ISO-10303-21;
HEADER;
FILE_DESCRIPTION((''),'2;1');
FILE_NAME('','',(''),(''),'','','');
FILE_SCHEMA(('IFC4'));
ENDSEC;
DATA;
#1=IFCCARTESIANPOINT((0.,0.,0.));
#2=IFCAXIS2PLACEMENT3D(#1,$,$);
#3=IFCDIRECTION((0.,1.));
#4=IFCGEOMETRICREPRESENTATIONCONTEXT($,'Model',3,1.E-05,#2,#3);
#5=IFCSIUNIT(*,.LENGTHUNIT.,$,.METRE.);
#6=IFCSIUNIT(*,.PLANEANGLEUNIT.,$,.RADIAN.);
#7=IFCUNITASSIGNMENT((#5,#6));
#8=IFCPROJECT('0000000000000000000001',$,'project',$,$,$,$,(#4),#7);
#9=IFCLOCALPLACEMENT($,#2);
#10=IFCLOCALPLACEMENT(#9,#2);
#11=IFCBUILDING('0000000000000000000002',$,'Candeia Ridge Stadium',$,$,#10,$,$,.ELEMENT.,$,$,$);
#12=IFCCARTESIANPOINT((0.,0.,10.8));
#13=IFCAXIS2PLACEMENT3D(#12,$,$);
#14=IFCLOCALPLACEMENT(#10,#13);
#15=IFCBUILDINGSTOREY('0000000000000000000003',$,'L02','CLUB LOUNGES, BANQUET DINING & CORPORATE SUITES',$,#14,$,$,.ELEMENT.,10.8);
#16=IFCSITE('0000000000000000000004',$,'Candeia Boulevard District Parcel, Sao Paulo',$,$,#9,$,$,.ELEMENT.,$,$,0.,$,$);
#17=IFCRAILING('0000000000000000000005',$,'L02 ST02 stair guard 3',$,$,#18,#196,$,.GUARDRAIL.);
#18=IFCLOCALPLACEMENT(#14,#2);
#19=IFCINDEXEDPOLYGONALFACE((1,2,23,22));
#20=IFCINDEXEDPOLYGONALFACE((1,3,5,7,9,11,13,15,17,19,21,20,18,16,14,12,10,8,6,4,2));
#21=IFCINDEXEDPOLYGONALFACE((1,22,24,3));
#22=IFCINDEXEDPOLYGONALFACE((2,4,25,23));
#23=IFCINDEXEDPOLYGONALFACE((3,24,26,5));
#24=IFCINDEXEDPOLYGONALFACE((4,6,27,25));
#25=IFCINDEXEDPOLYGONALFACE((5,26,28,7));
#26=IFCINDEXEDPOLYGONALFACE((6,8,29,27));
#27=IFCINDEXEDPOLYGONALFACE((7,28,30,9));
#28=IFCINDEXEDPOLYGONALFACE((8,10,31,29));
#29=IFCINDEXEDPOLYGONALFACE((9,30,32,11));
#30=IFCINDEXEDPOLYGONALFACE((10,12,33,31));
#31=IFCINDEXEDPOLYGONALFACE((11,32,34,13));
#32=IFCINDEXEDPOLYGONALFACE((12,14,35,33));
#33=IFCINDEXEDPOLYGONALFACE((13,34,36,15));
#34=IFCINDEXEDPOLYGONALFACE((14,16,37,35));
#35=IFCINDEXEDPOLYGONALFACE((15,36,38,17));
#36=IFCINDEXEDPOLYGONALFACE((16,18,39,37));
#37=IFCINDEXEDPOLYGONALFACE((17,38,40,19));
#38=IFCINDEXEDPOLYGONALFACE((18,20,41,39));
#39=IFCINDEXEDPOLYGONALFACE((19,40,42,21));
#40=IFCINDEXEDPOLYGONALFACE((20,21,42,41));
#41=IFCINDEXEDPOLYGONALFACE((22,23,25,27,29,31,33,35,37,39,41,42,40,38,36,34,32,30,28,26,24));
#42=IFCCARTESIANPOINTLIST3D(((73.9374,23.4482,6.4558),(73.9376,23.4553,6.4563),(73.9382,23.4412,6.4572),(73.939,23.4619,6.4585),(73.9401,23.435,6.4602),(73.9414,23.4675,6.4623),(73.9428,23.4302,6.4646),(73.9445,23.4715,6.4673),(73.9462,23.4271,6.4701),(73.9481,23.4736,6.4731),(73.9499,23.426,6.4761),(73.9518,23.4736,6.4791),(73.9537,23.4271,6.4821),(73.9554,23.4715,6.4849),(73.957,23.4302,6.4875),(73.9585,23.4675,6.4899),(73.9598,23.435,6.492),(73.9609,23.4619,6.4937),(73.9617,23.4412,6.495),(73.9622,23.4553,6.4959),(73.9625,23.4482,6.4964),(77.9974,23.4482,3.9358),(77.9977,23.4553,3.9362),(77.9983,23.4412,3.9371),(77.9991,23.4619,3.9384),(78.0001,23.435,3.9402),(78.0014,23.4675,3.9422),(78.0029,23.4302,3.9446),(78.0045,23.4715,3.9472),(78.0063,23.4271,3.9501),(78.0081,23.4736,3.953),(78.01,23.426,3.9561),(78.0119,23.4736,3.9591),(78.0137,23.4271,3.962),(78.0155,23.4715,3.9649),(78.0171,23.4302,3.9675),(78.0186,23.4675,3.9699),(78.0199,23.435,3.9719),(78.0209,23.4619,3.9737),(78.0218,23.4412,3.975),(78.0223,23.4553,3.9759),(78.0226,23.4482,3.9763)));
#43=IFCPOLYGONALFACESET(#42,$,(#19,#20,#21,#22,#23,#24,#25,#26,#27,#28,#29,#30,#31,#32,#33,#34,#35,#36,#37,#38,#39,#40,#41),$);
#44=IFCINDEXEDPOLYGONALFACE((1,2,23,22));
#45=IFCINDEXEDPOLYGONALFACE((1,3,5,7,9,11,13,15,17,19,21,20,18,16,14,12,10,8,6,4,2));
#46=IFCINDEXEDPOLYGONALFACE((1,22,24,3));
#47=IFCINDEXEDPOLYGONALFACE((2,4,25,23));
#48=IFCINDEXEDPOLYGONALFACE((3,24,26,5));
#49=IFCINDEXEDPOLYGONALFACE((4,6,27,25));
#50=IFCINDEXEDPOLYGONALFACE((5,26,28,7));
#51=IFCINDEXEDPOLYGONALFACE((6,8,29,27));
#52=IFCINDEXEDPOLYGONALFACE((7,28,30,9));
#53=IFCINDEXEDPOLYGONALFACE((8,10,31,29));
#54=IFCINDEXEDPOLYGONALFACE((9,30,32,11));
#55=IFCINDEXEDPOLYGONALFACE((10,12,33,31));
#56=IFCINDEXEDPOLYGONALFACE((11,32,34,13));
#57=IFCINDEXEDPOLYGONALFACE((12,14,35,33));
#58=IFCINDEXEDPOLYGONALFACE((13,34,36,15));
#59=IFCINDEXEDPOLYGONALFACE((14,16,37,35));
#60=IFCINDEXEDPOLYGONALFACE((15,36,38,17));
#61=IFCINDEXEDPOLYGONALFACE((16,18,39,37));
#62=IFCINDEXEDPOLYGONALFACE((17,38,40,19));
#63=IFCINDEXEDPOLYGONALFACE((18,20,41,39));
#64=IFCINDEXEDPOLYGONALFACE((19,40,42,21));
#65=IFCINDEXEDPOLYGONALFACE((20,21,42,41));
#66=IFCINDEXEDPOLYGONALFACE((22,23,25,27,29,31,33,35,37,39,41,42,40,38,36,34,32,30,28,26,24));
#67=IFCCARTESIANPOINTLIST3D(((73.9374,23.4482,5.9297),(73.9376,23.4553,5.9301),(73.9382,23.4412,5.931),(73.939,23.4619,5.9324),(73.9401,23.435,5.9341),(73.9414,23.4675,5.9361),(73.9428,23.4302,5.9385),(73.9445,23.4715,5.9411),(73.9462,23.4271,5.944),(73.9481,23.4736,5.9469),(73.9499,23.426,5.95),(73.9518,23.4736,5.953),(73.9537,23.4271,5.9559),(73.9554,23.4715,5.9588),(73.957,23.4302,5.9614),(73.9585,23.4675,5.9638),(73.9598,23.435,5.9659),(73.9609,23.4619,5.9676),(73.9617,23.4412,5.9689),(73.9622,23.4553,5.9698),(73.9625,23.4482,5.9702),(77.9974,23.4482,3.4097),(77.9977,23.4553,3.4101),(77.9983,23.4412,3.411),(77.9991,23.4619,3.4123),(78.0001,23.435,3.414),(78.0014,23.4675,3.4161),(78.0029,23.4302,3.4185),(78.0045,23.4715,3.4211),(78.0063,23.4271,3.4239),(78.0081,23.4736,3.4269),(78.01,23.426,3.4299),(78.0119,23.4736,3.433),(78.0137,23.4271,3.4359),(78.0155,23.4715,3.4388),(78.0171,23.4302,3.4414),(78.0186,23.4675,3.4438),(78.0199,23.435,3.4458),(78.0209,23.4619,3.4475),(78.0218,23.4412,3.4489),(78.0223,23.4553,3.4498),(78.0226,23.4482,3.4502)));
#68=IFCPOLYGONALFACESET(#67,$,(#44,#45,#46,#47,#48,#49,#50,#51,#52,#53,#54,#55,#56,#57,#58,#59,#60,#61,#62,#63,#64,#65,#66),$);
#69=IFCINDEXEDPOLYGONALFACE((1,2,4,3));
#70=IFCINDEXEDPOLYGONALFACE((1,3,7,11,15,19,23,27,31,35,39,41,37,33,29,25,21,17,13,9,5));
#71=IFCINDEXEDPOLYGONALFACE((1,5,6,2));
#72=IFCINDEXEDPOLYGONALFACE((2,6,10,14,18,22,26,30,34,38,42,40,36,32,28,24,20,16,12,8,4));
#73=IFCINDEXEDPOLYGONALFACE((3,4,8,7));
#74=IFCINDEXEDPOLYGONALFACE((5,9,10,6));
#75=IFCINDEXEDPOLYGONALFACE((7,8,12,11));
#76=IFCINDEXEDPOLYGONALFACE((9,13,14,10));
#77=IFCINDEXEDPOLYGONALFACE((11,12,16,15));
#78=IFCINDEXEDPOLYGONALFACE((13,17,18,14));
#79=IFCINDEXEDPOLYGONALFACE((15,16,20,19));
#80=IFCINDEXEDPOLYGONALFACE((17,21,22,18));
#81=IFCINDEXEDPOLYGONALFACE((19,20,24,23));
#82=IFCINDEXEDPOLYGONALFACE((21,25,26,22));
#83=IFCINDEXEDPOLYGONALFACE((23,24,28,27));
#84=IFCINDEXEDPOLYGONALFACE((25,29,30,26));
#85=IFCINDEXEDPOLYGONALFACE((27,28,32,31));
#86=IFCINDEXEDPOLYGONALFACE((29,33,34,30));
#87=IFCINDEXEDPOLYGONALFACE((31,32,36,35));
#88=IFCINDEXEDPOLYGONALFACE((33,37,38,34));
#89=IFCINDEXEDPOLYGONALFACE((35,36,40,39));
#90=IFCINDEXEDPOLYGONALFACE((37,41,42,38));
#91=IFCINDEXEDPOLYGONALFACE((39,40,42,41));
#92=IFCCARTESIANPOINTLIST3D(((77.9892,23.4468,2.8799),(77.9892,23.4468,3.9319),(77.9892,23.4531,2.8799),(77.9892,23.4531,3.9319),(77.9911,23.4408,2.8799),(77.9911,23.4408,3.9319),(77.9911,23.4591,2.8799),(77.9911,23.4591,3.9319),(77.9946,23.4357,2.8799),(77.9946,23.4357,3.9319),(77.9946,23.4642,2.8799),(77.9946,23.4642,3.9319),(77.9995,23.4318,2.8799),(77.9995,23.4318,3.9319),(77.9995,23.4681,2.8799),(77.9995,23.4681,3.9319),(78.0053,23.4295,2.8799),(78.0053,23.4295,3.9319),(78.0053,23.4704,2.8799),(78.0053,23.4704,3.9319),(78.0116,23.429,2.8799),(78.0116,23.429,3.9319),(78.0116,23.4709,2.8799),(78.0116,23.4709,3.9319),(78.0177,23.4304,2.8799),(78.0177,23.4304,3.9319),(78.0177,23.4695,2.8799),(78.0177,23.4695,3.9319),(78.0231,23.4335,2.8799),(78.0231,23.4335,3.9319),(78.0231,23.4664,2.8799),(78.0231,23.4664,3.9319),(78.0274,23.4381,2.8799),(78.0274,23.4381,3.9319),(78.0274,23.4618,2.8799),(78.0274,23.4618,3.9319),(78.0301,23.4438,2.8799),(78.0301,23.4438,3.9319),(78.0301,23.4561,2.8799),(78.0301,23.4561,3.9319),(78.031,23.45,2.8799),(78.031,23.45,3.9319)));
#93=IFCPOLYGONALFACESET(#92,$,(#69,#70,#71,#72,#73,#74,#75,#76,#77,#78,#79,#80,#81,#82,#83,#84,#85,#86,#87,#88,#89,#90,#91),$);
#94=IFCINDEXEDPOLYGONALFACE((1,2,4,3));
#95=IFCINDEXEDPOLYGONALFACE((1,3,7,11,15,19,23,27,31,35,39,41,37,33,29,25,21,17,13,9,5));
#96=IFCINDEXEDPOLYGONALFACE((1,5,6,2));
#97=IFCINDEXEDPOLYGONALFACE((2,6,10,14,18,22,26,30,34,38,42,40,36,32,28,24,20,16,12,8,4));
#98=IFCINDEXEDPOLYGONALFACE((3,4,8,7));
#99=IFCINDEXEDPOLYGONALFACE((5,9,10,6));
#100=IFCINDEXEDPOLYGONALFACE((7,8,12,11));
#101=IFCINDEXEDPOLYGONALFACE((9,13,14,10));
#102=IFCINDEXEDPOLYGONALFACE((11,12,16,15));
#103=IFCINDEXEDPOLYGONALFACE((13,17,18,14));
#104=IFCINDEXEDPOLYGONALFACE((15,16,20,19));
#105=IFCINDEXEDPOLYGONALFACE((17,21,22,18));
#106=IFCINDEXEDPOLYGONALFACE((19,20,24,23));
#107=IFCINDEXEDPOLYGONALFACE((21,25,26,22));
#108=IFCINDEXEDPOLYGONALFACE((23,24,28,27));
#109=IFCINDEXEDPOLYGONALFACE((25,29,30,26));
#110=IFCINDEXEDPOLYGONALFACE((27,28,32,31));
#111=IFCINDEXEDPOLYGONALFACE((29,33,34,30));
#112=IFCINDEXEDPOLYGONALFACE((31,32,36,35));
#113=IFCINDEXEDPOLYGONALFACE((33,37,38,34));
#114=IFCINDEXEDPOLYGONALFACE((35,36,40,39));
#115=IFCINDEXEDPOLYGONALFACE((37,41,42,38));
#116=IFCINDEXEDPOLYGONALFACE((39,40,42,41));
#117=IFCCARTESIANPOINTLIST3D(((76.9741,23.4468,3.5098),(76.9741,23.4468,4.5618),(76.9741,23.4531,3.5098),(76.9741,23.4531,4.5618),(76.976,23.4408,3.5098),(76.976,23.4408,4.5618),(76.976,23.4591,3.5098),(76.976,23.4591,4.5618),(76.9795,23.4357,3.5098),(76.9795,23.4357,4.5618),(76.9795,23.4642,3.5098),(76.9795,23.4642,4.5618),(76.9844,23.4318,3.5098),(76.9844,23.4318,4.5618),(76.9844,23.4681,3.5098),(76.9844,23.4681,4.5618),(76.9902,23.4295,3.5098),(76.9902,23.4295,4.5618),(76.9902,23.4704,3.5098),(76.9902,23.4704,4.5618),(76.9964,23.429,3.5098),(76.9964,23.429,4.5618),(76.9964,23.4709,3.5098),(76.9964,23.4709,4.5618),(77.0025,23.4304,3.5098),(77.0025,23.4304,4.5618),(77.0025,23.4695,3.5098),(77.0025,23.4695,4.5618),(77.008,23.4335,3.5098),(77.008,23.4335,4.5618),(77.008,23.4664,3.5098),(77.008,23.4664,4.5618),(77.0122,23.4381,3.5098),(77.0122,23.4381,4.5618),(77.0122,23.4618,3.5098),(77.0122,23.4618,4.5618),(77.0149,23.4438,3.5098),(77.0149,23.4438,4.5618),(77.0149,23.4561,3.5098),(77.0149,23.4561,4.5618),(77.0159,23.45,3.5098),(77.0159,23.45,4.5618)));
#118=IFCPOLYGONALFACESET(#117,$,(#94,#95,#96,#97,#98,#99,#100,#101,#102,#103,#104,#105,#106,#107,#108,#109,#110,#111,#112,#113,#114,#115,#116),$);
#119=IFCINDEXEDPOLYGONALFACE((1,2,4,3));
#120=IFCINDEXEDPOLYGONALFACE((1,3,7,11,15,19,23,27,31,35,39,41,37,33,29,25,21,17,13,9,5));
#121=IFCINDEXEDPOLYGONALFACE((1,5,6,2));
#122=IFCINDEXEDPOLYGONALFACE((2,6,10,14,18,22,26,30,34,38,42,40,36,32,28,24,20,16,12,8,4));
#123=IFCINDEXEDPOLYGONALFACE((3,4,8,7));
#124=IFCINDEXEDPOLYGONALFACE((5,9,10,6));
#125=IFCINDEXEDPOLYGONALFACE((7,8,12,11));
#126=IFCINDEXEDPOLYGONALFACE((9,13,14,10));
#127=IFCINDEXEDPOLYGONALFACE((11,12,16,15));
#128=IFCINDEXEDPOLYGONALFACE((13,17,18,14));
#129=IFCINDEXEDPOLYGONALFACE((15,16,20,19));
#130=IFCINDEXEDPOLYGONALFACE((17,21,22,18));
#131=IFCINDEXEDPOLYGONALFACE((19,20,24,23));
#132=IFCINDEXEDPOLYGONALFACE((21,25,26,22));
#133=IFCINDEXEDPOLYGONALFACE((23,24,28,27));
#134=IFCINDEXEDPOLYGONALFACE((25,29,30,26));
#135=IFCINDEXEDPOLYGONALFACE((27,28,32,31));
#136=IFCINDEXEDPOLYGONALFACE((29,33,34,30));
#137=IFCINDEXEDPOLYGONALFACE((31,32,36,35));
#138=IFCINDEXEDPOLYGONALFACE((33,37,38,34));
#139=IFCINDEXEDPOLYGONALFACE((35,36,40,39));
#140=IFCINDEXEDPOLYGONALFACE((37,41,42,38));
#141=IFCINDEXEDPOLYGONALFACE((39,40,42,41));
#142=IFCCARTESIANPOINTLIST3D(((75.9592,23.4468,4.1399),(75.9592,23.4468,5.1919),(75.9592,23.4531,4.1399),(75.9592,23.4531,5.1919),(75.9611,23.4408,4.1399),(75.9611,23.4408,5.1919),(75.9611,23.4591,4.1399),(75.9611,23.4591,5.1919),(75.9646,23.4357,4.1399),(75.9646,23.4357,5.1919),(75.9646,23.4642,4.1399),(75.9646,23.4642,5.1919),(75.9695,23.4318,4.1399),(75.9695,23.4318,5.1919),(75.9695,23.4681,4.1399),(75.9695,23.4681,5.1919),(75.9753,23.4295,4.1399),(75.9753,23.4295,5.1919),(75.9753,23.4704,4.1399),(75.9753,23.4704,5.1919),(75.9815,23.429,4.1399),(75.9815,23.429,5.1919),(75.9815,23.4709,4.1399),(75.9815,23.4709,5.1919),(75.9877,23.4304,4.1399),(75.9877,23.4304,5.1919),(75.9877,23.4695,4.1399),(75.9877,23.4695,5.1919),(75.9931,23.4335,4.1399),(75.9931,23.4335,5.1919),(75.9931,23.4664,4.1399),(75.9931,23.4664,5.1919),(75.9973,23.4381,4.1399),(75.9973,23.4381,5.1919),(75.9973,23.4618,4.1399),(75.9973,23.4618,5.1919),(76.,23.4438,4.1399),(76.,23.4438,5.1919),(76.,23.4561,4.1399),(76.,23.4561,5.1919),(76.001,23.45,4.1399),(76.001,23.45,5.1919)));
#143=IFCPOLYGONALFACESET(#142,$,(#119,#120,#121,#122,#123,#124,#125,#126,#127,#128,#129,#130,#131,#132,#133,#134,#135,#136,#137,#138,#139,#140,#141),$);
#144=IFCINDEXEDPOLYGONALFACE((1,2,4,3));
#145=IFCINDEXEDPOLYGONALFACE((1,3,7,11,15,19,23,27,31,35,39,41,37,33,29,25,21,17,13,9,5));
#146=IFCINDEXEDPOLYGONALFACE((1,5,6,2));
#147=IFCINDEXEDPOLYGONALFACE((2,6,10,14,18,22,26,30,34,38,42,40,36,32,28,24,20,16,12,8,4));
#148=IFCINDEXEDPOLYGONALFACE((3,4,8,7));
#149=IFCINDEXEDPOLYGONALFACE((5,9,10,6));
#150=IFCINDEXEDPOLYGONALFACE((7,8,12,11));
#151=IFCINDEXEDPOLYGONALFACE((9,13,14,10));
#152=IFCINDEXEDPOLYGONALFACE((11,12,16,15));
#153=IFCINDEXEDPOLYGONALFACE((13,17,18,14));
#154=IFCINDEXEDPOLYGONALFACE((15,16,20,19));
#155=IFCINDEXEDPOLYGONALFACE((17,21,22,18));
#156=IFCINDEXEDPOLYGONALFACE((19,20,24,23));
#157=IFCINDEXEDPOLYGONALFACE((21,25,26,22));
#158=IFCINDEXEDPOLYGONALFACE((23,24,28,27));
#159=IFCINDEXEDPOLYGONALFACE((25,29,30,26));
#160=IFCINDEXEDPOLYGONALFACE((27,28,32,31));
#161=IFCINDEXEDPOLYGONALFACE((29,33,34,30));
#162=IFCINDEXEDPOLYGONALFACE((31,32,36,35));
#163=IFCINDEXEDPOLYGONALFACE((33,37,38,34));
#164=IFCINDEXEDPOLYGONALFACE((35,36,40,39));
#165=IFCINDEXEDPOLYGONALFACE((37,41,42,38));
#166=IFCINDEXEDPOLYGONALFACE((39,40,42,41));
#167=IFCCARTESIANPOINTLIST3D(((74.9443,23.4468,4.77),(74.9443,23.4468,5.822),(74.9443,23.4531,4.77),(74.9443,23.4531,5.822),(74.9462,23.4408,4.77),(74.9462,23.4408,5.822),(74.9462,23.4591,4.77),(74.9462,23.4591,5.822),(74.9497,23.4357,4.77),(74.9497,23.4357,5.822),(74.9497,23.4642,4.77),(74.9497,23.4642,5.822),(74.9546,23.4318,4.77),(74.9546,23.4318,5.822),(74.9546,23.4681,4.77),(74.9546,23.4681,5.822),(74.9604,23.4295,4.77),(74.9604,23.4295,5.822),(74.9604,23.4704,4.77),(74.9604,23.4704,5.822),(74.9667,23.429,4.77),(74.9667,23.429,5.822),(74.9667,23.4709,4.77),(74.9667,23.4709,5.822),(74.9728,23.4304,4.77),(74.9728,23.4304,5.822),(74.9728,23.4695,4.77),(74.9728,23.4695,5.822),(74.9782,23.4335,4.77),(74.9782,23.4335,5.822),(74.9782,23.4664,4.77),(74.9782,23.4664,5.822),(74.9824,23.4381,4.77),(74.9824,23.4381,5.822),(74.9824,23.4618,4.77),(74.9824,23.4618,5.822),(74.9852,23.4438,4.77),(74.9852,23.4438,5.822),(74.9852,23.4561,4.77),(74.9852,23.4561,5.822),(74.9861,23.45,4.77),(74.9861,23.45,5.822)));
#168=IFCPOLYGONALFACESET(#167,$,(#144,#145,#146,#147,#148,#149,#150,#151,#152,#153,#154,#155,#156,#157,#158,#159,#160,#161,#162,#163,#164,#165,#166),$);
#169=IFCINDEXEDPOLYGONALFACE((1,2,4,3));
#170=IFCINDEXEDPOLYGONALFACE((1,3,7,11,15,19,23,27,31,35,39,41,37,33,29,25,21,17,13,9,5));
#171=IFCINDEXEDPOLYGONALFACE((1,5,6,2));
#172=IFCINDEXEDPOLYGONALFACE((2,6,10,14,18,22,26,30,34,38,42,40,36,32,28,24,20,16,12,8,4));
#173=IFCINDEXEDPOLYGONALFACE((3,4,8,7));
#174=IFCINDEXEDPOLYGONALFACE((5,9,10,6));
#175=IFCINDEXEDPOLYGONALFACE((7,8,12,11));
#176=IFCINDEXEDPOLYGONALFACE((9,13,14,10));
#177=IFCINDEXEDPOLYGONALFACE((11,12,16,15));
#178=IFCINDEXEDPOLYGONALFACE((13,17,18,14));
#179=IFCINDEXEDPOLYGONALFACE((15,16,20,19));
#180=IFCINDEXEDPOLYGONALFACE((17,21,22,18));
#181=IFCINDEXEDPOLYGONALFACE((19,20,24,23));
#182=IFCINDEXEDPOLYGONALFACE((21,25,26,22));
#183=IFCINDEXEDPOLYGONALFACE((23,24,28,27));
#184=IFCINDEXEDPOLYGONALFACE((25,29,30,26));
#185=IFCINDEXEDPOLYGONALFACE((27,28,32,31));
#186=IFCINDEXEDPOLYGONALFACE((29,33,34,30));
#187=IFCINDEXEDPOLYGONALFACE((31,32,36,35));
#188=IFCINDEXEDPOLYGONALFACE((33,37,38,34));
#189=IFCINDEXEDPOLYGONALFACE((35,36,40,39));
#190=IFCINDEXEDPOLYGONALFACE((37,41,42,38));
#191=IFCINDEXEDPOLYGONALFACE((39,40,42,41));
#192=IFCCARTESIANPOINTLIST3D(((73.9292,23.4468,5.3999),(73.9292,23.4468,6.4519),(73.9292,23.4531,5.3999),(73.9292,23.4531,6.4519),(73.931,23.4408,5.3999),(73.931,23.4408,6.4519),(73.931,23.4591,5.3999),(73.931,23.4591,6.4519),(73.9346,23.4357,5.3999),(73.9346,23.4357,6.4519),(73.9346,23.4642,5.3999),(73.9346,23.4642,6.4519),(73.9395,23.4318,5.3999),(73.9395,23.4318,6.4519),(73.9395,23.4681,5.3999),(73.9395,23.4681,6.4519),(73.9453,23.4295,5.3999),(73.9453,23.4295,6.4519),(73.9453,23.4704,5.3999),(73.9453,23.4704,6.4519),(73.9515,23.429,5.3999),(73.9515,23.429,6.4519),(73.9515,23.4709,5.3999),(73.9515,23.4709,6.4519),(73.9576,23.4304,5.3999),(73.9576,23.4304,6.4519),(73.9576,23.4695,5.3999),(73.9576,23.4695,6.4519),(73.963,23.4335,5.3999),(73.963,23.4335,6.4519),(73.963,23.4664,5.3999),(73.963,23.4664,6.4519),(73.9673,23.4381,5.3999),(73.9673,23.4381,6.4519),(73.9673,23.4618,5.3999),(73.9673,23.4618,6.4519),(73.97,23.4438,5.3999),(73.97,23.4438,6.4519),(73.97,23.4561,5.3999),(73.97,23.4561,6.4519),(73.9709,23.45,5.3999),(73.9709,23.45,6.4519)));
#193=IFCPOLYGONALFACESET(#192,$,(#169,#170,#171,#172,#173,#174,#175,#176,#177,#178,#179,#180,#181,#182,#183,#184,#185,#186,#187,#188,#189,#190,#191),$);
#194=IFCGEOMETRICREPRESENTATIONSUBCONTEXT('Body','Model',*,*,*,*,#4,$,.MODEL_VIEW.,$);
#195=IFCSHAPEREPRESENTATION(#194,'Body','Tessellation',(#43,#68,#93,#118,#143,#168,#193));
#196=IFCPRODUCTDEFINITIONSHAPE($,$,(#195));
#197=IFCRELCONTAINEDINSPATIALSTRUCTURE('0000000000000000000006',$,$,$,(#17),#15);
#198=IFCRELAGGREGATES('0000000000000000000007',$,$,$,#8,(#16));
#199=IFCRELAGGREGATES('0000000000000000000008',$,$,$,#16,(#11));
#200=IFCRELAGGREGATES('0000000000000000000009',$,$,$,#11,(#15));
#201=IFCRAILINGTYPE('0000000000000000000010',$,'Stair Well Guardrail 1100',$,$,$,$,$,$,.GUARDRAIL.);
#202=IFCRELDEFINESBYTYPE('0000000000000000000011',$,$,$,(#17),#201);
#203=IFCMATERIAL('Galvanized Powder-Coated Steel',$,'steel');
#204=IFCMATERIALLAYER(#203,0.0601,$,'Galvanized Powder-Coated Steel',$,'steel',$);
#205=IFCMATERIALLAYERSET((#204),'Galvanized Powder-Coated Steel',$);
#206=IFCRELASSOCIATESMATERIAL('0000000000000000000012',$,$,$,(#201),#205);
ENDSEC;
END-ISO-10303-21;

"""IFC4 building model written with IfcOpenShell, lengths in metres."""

from ifc_helpers import new_model, si_unit, direction, frame, origin, origin_2d, place, context, subcontext, project, spatial, circle, extrude, material, layer, layer_set, type_object, element, save


model = new_model("IFC4")

# Units and contexts
model_context = context("Model", 3, precision=1e-05, world=origin(), true_north=direction((0.0, 1.0)))
body_context = subcontext(model_context, "Body", "Model", "MODEL_VIEW")
ifc_project = project(units=[si_unit("LENGTHUNIT", "METRE"), si_unit("PLANEANGLEUNIT", "RADIAN")], contexts=[model_context])

# Site, building, storey
site_placement = place(None, origin())
site = spatial("IfcSite", under=ifc_project, at=site_placement, Name="Candeia Boulevard District Parcel, Sao Paulo", CompositionType="ELEMENT", RefElevation=0.0)
building_placement = place(site_placement, origin())
building = spatial("IfcBuilding", under=site, at=building_placement, Name="Candeia Ridge Stadium", CompositionType="ELEMENT")
storey_placement = place(building_placement, frame((0.0, 0.0, 10.8)))
storey = spatial("IfcBuildingStorey", under=building, at=storey_placement, Name="L02", Description="CLUB LOUNGES, BANQUET DINING & CORPORATE SUITES", CompositionType="ELEMENT", Elevation=10.8)

# Railing
ifc_material_1 = material(Name="Galvanized Powder-Coated Steel", Category="steel")
ifc_layer_1 = layer(ifc_material_1, 0.0601, Name="Galvanized Powder-Coated Steel", Category="steel")
ifc_layer_set_1 = layer_set([ifc_layer_1], Name="Galvanized Powder-Coated Steel")
railing_type_1 = type_object("IfcRailingType", Name="Stair Well Guardrail 1100", PredefinedType="GUARDRAIL", material=ifc_layer_set_1)
railing_1_placement = place(storey_placement, frame((78.01, 23.45, 2.8799)))
element("IfcRailing", 1, at=railing_1_placement, inside=storey, type_object=railing_type_1, Name="L02 ST02 stair guard 3", PredefinedType="GUARDRAIL", context=body_context, shape_type="SweptSolid", body=[
    extrude(circle(Radius=0.0239, at=origin_2d()), frame((0.0, 0.0, 1.0762), z_axis=(-0.849642, 0.0, 0.52736), x_axis=(0.0, -1.0, 0.0)), (0.0, 0.0, 1.0), 4.7786),
    extrude(circle(Radius=0.0239, at=origin_2d()), frame((0.0, 0.0, 0.55), z_axis=(-0.849642, 0.0, 0.52736), x_axis=(0.0, -1.0, 0.0)), (0.0, 0.0, 1.0), 4.7786),
    extrude(circle(Radius=0.021, at=origin_2d()), origin(), (0.0, 0.0, 1.0), 1.052),
    extrude(circle(Radius=0.021, at=origin_2d()), frame((-1.0151, 0.0, 0.6299)), (0.0, 0.0, 1.0), 1.052),
    extrude(circle(Radius=0.021, at=origin_2d()), frame((-2.03, 0.0, 1.26)), (0.0, 0.0, 1.0), 1.052),
    extrude(circle(Radius=0.021, at=origin_2d()), frame((-3.0449, 0.0, 1.8901)), (0.0, 0.0, 1.0), 1.052),
    extrude(circle(Radius=0.021, at=origin_2d()), frame((-4.0601, 0.0, 2.52)), (0.0, 0.0, 1.0), 1.052),
])

save(model, "model.ifc")
